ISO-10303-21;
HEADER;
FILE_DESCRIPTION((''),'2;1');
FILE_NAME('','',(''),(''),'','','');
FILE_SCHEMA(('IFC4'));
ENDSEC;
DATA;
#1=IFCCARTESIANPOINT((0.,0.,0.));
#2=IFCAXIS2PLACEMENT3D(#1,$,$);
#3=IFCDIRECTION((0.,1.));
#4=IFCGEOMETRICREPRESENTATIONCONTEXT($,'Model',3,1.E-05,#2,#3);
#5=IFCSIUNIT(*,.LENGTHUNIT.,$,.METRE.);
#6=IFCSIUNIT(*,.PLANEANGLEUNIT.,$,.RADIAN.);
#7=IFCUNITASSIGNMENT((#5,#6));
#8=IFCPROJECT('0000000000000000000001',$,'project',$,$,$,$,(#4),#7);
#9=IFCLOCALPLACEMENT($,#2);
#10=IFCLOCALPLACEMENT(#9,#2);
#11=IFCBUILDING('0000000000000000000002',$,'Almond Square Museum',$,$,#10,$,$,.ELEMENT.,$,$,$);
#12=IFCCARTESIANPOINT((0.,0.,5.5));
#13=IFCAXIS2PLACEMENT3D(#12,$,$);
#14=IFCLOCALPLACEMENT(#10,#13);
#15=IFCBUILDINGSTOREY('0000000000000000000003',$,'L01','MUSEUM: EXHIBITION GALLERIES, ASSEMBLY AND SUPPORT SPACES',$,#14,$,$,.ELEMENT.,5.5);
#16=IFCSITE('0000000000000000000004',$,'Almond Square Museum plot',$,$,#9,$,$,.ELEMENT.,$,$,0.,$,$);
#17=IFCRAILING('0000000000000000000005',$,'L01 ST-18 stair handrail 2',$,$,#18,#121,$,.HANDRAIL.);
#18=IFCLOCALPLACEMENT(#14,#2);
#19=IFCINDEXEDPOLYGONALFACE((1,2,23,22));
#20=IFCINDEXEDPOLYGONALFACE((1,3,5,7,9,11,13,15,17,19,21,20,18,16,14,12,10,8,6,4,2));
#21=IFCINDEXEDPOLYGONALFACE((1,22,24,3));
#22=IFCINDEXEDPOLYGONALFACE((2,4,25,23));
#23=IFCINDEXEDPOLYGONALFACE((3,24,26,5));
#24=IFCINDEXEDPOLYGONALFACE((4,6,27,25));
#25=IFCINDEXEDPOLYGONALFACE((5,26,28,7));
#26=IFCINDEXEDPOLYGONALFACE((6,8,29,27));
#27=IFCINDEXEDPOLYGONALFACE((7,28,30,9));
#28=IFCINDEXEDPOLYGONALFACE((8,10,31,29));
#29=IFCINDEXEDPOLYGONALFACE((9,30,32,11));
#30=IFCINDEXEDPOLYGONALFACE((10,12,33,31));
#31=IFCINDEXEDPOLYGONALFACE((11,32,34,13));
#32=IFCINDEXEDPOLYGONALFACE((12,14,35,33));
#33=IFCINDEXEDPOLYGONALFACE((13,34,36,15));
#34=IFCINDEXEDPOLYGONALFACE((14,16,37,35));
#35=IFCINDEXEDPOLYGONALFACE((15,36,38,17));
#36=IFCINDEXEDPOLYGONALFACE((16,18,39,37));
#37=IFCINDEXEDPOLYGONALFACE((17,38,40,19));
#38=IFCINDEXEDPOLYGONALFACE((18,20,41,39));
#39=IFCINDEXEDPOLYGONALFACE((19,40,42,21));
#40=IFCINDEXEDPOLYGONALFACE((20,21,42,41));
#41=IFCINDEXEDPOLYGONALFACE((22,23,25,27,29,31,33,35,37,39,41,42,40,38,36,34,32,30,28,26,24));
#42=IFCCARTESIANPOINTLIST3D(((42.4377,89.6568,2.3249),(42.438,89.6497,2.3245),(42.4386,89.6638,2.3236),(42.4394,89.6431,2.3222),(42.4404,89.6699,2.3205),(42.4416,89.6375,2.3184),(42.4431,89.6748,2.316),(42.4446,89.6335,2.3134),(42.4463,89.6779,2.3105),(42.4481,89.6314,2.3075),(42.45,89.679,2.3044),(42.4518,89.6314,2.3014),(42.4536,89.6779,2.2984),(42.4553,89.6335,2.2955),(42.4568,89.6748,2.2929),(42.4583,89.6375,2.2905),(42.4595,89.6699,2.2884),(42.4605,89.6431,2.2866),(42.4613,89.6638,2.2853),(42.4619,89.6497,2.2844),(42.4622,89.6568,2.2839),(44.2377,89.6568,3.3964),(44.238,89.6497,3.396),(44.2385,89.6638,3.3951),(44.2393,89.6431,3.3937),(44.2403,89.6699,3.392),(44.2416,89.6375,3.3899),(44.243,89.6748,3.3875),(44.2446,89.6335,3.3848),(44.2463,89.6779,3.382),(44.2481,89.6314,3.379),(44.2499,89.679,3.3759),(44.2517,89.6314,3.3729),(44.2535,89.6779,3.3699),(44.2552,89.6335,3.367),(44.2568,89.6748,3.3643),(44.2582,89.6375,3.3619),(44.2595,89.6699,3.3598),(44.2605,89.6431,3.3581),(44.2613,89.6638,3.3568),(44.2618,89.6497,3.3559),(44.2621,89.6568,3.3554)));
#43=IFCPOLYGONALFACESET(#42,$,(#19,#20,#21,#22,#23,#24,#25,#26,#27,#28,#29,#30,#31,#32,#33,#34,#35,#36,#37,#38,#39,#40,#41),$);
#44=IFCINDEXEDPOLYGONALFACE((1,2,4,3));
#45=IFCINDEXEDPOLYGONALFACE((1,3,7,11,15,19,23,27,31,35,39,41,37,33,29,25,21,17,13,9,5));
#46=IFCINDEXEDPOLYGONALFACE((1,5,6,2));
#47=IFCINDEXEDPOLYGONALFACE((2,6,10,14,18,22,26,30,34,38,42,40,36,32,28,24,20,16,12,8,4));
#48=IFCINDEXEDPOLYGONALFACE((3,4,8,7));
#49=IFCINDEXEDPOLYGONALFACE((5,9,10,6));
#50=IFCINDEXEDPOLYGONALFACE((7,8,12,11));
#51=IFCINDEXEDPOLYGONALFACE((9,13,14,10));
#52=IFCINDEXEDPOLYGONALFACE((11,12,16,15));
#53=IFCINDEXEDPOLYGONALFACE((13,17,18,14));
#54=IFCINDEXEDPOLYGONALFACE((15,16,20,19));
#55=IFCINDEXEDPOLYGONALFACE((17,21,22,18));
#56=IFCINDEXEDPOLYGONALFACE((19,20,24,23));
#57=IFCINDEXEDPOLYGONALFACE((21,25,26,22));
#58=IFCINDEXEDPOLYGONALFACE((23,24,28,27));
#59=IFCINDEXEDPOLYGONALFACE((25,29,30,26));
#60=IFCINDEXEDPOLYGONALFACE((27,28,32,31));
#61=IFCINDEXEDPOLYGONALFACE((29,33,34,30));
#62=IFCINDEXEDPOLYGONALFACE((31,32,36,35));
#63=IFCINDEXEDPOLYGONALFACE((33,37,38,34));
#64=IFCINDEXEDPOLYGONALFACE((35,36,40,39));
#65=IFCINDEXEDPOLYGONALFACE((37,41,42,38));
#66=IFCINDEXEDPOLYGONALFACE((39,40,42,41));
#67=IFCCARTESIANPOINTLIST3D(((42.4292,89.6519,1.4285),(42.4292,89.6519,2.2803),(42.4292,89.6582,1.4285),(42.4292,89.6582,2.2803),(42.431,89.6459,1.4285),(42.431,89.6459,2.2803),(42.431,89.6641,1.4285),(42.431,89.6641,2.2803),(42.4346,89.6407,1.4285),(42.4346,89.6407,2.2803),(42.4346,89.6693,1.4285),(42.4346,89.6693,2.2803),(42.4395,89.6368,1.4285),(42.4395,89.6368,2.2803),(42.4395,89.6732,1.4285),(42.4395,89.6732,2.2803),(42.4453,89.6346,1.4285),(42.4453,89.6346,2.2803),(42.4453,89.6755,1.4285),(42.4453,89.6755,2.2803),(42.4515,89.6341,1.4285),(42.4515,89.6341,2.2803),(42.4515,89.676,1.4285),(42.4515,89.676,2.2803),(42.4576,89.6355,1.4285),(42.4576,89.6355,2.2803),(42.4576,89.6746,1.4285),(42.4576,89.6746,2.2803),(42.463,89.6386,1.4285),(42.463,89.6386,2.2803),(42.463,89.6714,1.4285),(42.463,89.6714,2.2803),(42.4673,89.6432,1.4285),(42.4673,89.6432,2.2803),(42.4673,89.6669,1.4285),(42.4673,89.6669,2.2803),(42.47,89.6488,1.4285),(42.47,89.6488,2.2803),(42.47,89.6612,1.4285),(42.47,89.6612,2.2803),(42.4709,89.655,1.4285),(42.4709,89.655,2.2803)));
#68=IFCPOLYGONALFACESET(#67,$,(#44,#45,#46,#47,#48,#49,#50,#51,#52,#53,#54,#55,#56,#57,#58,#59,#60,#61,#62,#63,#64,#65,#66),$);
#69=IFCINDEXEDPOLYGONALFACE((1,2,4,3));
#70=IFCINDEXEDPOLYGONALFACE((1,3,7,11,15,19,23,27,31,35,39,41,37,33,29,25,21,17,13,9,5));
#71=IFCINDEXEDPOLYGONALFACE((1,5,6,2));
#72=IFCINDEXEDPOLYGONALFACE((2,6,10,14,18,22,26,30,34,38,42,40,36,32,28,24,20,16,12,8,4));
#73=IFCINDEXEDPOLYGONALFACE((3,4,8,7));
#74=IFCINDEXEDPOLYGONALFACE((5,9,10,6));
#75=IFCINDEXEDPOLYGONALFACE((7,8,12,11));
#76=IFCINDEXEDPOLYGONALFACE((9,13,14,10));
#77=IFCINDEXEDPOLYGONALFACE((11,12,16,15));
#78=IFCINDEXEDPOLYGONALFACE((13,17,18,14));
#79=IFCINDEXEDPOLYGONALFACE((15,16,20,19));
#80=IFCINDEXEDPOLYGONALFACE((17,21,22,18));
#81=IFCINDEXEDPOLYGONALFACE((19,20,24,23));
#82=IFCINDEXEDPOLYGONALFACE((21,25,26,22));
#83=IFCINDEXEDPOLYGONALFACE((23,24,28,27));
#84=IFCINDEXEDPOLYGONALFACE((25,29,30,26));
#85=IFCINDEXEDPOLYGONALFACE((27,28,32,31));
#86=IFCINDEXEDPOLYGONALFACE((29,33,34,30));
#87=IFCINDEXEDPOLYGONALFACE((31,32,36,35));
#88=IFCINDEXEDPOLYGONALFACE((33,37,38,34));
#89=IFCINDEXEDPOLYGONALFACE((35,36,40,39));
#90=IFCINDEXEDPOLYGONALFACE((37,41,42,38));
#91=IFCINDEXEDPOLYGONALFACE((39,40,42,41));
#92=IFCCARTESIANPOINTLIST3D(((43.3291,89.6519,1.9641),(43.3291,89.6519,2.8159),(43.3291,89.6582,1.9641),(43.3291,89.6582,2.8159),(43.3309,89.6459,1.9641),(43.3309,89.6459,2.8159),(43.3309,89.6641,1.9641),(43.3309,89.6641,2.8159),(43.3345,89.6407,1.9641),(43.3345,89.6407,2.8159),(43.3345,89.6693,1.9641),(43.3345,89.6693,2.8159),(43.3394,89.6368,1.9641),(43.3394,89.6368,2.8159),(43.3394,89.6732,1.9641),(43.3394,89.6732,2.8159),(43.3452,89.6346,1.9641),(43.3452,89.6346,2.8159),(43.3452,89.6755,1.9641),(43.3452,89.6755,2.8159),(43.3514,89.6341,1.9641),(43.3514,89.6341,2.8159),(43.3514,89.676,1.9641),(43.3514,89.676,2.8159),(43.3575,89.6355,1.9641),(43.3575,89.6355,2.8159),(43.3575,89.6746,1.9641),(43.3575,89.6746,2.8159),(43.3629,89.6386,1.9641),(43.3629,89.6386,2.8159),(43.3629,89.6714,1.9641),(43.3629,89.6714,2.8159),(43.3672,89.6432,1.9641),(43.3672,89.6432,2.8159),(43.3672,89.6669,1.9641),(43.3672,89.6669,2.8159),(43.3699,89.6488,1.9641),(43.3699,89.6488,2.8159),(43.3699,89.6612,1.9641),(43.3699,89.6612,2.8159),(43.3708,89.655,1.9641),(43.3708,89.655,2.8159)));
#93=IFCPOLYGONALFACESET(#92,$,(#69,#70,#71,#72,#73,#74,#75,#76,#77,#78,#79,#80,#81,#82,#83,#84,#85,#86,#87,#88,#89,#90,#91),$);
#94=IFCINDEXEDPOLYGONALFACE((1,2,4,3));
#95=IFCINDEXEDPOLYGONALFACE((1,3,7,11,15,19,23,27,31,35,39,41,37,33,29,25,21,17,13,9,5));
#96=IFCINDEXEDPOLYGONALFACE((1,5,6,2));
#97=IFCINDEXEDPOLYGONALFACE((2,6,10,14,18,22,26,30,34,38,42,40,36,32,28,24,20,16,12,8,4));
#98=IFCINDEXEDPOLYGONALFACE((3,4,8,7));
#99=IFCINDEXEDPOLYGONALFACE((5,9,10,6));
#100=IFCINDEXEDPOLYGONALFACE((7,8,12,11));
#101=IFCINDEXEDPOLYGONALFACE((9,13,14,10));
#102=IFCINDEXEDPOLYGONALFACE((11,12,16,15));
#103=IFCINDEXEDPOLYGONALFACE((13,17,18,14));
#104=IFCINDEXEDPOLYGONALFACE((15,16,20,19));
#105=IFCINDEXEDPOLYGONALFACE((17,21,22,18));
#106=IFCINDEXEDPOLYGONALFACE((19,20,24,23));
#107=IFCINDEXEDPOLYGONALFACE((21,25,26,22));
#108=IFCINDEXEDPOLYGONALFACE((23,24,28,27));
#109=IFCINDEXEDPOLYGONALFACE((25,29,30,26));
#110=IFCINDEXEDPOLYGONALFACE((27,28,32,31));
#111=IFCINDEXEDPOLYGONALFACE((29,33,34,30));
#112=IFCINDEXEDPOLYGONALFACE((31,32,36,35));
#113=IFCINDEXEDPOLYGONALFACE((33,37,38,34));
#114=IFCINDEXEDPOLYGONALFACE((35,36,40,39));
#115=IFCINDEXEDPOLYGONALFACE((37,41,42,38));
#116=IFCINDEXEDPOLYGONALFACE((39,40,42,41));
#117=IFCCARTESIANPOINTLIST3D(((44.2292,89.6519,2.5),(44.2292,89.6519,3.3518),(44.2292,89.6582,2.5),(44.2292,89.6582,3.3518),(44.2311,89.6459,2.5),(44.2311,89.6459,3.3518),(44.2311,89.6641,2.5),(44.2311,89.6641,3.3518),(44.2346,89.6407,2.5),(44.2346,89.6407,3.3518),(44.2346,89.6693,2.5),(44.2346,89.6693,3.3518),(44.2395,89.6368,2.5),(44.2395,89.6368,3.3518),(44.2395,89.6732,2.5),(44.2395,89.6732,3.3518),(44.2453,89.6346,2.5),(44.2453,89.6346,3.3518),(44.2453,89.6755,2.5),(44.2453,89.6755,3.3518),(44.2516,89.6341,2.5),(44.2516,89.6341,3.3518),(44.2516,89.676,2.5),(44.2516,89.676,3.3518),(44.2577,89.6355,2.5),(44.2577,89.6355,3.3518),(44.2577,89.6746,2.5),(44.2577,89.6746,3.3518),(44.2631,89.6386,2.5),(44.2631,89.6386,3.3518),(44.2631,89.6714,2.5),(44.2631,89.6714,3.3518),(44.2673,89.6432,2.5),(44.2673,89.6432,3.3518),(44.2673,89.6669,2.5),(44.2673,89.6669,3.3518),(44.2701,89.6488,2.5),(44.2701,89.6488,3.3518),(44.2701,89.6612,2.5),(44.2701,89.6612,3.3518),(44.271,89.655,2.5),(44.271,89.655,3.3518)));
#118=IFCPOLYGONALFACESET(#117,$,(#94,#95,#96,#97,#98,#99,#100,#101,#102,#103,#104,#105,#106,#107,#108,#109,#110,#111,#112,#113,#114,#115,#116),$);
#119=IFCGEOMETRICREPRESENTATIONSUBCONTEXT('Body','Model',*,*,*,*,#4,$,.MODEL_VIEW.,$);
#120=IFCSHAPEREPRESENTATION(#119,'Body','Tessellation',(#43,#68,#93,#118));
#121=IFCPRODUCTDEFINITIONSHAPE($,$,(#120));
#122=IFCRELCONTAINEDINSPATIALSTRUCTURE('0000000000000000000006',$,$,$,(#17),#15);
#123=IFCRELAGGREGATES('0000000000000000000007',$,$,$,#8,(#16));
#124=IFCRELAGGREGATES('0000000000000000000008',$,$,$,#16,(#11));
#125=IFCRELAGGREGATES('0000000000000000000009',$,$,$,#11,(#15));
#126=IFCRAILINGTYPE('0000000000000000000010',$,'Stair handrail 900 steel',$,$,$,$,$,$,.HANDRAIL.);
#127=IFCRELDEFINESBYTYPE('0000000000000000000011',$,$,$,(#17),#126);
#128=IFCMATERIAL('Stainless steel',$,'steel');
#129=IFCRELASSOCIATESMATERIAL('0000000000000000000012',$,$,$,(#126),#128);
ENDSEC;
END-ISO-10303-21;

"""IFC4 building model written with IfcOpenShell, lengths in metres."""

from ifc_helpers import new_model, si_unit, direction, frame, origin, origin_2d, place, context, subcontext, project, spatial, circle, extrude, material, type_object, element, save


model = new_model("IFC4")

# Units and contexts
model_context = context("Model", 3, precision=1e-05, world=origin(), true_north=direction((0.0, 1.0)))
body_context = subcontext(model_context, "Body", "Model", "MODEL_VIEW")
ifc_project = project(units=[si_unit("LENGTHUNIT", "METRE"), si_unit("PLANEANGLEUNIT", "RADIAN")], contexts=[model_context])

# Site, building, storey
site_placement = place(None, origin())
site = spatial("IfcSite", under=ifc_project, at=site_placement, Name="Almond Square Museum plot", CompositionType="ELEMENT", RefElevation=0.0)
building_placement = place(site_placement, origin())
building = spatial("IfcBuilding", under=site, at=building_placement, Name="Almond Square Museum", CompositionType="ELEMENT")
storey_placement = place(building_placement, frame((0.0, 0.0, 5.5)))
storey = spatial("IfcBuildingStorey", under=building, at=storey_placement, Name="L01", Description="MUSEUM: EXHIBITION GALLERIES, ASSEMBLY AND SUPPORT SPACES", CompositionType="ELEMENT", Elevation=5.5)

# Railing
ifc_material_1 = material(Name="Stainless steel", Category="steel")
railing_type_1 = type_object("IfcRailingType", Name="Stair handrail 900 steel", PredefinedType="HANDRAIL", material=ifc_material_1)
railing_1_placement = place(storey_placement, frame((42.45, 89.655, 1.4285)))
element("IfcRailing", 1, at=railing_1_placement, inside=storey, type_object=railing_type_1, Name="L01 ST-18 stair handrail 2", PredefinedType="HANDRAIL", context=body_context, shape_type="SweptSolid", body=[
    extrude(circle(Radius=0.0239, at=origin_2d()), frame((0.0, 0.0, 0.876), z_axis=(0.859277, 0.0, 0.51151), x_axis=(0.0, 1.0, 0.0)), (0.0, 0.0, 1.0), 2.0947),
    extrude(circle(Radius=0.021, at=origin_2d()), origin(), (0.0, 0.0, 1.0), 0.8518),
    extrude(circle(Radius=0.021, at=origin_2d()), frame((0.8999, 0.0, 0.5356)), (0.0, 0.0, 1.0), 0.8518),
    extrude(circle(Radius=0.021, at=origin_2d()), frame((1.8, 0.0, 1.0715)), (0.0, 0.0, 1.0), 0.8518),
])

save(model, "model.ifc")
